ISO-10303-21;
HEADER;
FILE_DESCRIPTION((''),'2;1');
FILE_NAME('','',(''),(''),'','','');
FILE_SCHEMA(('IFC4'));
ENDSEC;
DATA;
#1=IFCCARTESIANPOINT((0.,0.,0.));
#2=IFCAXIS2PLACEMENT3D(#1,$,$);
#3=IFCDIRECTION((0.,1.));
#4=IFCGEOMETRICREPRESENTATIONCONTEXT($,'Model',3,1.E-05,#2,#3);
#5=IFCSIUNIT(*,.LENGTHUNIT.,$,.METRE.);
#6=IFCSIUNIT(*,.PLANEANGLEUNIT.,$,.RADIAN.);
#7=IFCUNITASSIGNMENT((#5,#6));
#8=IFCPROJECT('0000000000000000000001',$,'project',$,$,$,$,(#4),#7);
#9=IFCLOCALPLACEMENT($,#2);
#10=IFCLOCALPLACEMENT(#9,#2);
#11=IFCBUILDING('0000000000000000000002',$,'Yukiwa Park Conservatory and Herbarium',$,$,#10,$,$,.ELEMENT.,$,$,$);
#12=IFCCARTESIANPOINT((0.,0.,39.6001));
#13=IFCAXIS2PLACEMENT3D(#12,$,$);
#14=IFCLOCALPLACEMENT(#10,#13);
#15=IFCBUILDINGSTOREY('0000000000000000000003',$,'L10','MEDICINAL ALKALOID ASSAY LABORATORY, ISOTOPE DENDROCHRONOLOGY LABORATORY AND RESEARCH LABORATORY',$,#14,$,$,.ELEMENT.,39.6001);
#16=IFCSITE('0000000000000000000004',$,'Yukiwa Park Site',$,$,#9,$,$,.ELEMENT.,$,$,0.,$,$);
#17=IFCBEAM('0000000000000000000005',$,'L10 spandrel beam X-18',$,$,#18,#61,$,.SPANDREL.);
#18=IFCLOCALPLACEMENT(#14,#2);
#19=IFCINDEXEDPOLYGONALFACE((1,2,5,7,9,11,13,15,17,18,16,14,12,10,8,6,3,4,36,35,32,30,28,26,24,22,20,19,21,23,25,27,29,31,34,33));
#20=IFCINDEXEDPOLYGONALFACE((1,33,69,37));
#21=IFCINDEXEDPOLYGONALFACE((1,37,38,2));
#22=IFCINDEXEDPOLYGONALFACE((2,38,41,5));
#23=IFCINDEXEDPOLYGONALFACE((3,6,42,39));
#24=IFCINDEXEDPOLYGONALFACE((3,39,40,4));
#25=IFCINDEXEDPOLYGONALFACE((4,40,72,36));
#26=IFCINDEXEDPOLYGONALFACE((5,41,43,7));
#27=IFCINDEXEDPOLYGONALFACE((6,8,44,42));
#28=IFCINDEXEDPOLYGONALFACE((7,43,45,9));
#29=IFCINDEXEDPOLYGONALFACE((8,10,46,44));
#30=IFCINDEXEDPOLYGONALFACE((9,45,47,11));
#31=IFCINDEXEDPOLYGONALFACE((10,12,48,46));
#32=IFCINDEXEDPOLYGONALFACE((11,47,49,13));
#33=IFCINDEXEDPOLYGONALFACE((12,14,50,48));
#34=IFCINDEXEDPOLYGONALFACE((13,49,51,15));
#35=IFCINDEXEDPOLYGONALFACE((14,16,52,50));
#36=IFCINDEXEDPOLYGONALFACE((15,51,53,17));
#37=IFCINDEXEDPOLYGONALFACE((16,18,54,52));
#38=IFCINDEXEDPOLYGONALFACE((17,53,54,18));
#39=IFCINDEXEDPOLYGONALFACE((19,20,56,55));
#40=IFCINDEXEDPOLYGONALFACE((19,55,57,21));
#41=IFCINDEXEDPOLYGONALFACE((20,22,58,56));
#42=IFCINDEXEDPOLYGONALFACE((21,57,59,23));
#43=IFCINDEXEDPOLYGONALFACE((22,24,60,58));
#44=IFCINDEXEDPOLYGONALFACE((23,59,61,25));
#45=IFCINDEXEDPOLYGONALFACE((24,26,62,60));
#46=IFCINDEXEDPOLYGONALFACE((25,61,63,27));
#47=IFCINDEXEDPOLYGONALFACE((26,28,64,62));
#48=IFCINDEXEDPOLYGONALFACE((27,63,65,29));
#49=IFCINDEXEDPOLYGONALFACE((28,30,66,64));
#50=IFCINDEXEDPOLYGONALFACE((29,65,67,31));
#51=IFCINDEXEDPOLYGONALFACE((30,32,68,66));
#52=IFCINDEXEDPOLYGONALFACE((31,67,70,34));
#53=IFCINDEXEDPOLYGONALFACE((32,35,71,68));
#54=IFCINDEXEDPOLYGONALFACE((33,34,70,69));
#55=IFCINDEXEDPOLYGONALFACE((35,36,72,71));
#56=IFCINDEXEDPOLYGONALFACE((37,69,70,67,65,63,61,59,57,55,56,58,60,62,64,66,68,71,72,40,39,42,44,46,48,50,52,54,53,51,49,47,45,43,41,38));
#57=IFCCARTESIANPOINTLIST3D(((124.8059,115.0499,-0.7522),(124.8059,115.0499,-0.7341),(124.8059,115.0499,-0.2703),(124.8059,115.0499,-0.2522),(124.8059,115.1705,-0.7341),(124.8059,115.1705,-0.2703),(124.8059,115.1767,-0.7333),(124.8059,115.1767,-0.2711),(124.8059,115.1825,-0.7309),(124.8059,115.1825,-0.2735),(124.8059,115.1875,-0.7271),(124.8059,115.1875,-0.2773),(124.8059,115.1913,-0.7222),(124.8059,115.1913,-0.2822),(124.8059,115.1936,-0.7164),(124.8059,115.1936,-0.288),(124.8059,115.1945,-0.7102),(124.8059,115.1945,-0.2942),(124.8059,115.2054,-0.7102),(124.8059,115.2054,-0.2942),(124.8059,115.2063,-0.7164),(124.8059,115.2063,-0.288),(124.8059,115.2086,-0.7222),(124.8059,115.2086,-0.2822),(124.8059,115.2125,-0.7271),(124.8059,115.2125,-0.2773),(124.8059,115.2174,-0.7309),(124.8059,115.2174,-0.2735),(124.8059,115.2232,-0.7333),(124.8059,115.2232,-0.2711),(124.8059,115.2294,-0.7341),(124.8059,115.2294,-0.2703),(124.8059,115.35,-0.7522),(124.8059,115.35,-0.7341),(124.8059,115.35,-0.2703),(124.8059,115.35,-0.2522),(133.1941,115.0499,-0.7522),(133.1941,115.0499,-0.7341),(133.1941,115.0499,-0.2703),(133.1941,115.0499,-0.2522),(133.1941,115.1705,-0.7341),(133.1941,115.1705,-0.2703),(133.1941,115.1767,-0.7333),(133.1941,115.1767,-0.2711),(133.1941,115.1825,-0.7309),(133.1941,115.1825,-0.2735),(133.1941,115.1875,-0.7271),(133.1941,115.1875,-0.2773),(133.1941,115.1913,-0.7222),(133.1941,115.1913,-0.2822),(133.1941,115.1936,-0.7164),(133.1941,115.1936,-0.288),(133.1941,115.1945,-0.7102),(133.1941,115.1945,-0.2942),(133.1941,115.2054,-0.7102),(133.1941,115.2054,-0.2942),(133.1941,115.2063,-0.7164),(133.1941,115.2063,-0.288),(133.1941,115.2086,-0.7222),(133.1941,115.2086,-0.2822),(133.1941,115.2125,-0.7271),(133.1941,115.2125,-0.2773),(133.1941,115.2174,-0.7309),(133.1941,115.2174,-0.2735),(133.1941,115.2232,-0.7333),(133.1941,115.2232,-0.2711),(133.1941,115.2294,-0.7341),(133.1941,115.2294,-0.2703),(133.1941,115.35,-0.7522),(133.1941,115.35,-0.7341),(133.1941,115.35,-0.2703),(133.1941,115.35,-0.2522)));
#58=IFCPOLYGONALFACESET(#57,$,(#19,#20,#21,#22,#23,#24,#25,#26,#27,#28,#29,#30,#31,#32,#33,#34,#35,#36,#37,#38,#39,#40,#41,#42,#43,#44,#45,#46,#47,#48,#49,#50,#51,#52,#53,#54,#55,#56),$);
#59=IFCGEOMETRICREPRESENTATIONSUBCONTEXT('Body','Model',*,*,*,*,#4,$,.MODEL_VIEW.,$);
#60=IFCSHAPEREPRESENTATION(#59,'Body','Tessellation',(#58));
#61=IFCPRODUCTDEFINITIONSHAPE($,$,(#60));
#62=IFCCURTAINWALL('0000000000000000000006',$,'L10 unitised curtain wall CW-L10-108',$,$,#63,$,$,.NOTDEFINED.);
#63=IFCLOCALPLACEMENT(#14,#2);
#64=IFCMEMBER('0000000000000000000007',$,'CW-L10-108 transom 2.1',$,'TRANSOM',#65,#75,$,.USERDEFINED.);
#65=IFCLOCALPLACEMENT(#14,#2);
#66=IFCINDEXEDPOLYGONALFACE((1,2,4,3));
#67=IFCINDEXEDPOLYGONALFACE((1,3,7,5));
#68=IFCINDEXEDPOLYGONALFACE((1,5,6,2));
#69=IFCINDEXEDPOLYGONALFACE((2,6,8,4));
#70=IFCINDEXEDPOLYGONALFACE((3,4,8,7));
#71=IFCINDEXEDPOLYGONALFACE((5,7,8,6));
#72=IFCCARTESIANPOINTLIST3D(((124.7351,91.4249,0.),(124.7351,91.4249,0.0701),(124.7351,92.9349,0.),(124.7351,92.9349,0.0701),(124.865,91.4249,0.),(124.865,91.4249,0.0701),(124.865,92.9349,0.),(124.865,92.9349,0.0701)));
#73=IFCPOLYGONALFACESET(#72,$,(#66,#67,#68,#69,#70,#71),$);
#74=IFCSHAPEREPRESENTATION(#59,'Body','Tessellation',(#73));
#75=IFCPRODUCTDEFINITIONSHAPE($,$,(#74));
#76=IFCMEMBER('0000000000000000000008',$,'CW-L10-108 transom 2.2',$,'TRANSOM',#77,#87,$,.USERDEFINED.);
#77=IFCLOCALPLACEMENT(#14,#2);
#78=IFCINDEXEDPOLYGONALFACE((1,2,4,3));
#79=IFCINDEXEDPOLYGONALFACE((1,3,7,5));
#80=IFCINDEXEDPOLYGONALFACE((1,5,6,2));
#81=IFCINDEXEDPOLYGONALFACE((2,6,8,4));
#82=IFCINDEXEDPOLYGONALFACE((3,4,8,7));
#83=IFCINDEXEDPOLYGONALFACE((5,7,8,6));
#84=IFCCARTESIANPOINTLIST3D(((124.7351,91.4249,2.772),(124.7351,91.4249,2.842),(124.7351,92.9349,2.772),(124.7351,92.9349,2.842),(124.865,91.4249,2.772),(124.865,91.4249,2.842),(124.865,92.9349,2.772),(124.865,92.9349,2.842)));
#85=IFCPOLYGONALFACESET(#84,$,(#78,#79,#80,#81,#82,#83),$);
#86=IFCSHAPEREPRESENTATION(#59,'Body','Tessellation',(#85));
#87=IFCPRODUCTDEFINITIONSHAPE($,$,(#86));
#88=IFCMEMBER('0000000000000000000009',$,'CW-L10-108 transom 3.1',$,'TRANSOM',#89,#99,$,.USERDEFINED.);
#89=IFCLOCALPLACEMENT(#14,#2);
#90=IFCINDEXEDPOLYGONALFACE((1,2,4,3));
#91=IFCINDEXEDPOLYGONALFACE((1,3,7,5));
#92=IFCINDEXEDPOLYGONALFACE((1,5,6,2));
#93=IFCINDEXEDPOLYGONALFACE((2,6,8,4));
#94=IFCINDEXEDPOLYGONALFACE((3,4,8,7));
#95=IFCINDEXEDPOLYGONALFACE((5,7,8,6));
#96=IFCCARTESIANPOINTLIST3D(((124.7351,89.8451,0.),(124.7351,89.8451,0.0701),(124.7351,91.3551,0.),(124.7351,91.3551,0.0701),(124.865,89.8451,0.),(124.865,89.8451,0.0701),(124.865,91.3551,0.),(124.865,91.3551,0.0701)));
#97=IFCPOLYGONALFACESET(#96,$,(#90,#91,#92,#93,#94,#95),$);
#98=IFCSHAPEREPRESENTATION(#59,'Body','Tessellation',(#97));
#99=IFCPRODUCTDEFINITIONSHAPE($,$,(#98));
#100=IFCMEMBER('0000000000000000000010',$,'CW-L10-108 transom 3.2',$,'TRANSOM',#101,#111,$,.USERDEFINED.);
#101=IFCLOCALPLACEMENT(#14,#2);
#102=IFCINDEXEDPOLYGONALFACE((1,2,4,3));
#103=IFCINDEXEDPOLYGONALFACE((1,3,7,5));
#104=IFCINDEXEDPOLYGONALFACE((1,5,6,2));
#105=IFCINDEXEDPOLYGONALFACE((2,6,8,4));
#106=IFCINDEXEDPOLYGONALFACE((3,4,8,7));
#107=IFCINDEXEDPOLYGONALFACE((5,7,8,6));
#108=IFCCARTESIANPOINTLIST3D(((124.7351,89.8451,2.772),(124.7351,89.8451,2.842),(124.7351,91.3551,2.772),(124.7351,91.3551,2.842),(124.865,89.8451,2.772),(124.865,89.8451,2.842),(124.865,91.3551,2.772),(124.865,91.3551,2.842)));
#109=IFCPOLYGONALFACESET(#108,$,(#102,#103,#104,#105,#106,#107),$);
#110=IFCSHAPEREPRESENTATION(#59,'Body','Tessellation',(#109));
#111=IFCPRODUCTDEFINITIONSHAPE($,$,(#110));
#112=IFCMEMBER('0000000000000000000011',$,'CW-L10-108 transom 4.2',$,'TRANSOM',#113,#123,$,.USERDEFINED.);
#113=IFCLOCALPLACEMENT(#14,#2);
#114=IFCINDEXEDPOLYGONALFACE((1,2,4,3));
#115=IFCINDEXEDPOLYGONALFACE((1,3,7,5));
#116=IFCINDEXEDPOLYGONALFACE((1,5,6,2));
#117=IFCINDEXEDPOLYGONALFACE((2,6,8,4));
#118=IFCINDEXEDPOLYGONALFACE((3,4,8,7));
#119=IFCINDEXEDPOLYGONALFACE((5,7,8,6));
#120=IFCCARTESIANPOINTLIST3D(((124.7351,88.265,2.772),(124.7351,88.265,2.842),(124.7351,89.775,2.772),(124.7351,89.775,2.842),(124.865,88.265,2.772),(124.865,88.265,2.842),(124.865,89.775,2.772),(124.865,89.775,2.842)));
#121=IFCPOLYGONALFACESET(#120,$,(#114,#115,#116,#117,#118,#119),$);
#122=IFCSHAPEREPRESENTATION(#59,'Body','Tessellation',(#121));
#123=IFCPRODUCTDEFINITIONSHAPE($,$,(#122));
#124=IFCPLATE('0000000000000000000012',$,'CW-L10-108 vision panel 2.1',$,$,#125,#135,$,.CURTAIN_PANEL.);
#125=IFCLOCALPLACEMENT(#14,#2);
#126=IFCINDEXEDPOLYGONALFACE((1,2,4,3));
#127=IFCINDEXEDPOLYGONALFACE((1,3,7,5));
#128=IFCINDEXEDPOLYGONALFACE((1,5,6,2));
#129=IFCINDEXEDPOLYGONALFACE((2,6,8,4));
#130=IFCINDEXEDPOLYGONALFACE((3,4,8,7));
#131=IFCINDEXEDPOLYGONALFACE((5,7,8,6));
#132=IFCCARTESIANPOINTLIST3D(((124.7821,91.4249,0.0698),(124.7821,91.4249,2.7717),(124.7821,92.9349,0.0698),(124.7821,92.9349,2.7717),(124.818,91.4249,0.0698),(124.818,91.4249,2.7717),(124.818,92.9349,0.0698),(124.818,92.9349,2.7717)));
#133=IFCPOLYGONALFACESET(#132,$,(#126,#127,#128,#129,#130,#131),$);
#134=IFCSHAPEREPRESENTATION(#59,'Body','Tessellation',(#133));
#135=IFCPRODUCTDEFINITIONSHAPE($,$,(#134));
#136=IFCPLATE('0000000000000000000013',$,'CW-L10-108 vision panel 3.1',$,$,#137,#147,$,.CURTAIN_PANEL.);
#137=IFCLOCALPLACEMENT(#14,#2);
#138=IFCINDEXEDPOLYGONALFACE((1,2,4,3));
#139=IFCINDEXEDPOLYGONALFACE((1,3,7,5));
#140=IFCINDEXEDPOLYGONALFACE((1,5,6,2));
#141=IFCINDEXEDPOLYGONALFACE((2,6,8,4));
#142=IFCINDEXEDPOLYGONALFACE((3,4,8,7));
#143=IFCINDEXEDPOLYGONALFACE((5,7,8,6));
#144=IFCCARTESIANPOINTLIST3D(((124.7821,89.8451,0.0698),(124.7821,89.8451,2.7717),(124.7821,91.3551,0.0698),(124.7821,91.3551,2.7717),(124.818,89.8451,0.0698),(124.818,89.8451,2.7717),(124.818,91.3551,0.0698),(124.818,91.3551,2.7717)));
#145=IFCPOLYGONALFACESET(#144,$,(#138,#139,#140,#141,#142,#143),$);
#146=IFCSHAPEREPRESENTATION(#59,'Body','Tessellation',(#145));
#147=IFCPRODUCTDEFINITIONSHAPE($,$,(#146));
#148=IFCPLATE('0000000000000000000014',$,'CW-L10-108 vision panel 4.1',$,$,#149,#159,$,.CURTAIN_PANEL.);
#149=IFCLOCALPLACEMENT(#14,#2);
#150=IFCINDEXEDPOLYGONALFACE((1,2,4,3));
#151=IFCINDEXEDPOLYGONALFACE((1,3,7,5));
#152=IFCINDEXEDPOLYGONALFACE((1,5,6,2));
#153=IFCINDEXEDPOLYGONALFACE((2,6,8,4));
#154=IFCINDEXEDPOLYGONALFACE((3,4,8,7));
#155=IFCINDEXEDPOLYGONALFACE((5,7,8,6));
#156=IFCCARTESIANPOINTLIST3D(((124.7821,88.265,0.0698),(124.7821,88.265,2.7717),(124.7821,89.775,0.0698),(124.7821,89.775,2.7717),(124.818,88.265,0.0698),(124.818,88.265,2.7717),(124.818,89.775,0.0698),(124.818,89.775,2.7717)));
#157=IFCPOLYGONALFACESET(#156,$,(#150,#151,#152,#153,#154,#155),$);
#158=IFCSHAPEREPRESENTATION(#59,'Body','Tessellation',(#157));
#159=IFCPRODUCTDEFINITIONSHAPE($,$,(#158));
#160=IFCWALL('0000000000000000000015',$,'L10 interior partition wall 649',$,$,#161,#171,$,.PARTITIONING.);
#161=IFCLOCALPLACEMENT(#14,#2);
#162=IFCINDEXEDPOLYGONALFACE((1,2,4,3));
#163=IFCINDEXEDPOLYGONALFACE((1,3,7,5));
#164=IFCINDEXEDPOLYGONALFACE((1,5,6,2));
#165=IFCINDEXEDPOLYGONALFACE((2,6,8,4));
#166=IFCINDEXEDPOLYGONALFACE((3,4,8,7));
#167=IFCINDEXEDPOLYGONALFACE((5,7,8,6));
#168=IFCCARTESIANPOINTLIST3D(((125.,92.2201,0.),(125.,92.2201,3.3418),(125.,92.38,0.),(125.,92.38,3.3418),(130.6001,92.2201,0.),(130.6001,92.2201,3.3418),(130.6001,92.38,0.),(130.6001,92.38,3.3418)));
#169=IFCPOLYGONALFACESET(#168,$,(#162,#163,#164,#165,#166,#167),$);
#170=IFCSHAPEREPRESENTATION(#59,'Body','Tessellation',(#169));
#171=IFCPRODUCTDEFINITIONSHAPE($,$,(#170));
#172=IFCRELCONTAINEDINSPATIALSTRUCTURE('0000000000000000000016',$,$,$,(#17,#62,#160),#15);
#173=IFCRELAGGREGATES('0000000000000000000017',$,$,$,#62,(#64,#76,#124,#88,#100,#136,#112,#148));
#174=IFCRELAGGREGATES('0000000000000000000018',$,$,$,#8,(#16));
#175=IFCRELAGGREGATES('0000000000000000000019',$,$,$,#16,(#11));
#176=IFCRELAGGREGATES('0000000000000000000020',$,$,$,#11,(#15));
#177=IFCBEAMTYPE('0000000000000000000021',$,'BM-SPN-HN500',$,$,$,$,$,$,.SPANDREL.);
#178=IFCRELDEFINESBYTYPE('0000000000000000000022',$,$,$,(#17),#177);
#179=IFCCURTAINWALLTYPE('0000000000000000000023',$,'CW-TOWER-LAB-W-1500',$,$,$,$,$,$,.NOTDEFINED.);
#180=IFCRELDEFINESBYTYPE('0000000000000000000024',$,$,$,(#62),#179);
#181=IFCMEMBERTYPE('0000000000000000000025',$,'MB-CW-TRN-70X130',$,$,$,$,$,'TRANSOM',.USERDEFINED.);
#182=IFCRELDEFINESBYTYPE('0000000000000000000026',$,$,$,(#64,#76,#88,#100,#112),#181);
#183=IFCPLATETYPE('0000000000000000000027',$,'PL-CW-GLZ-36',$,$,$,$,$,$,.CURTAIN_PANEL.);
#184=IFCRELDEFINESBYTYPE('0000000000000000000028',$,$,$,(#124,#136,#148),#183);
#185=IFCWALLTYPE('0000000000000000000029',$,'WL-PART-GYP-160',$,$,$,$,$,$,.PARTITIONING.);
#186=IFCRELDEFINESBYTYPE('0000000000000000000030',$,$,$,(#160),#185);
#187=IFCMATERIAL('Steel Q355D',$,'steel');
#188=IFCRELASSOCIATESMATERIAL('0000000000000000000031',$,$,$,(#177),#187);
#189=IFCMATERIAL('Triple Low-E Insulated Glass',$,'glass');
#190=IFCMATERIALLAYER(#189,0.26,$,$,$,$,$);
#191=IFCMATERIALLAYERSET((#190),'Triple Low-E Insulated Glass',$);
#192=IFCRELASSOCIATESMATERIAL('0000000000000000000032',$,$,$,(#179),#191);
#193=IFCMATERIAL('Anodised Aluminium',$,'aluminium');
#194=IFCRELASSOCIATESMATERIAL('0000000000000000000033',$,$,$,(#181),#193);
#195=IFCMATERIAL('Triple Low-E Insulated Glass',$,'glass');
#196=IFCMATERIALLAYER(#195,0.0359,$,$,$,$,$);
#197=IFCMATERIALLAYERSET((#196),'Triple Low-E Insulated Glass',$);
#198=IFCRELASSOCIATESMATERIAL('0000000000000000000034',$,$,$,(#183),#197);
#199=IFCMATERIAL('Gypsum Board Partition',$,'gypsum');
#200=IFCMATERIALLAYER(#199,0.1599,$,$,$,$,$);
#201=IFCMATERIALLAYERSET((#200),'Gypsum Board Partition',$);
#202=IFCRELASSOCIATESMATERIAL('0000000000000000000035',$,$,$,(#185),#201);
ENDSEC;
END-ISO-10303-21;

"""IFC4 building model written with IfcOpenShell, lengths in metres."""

from ifc_helpers import new_model, si_unit, direction, frame, frame_2d, origin, origin_2d, place, context, subcontext, project, spatial, rectangle, i_section, extrude, material, layer, layer_set, material_profile, profile_set, type_object, element, aggregate, save


model = new_model("IFC4")

# Units and contexts
model_context = context("Model", 3, precision=1e-05, world=origin(), true_north=direction((0.0, 1.0)))
body_context = subcontext(model_context, "Body", "Model", "MODEL_VIEW")
ifc_project = project(units=[si_unit("LENGTHUNIT", "METRE"), si_unit("PLANEANGLEUNIT", "RADIAN")], contexts=[model_context])

# Site, building, storey
site_placement = place(None, origin())
site = spatial("IfcSite", under=ifc_project, at=site_placement, Name="Yukiwa Park Site", CompositionType="ELEMENT", RefElevation=0.0)
building_placement = place(site_placement, origin())
building = spatial("IfcBuilding", under=site, at=building_placement, Name="Yukiwa Park Conservatory and Herbarium", CompositionType="ELEMENT")
storey_placement = place(building_placement, frame((0.0, 0.0, 39.6001)))
storey = spatial("IfcBuildingStorey", under=building, at=storey_placement, Name="L10", Description="MEDICINAL ALKALOID ASSAY LABORATORY, ISOTOPE DENDROCHRONOLOGY LABORATORY AND RESEARCH LABORATORY", CompositionType="ELEMENT", Elevation=39.6001)

# Beam
ifc_material_1 = material(Name="Steel Q355D", Category="steel")
ifc_material_profile_1 = material_profile(ifc_material_1, i_section(OverallWidth=0.3, OverallDepth=0.5, WebThickness=0.011, FlangeThickness=0.0181, FilletRadius=0.0239, at=origin_2d()), Name="HM 500x300x11x18")
ifc_profile_set_1 = profile_set([ifc_material_profile_1], Name="Steel Q355D")
beam_type_1 = type_object("IfcBeamType", Name="BM-SPN-HN500", PredefinedType="SPANDREL", material=ifc_profile_set_1)
beam_placement = place(storey_placement, frame((124.8059, 115.2, -0.5022), z_axis=(1.0, 0.0, 0.0), x_axis=(0.0, 1.0, 0.0)))
element("IfcBeam", 1, at=beam_placement, inside=storey, type_object=beam_type_1, Name="L10 spandrel beam X-18", PredefinedType="SPANDREL", context=body_context, shape_type="SweptSolid", body=[
    extrude(i_section(OverallWidth=0.3, OverallDepth=0.5, WebThickness=0.011, FlangeThickness=0.0181, FilletRadius=0.0239, at=origin_2d()), origin(), (0.0, 0.0, 1.0), 8.3882),
])

# Curtain wall, members, plates
ifc_material_2 = material(Name="Triple Low-E Insulated Glass", Category="glass")
ifc_layer_1 = layer(ifc_material_2, 0.26)
ifc_layer_set_1 = layer_set([ifc_layer_1], Name="Triple Low-E Insulated Glass")
curtain_wall_type = type_object("IfcCurtainWallType", Name="CW-TOWER-LAB-W-1500", PredefinedType="NOTDEFINED", material=ifc_layer_set_1)
curtain_wall_placement = place(storey_placement, origin())
curtain_wall = element("IfcCurtainWall", 2, at=curtain_wall_placement, inside=storey, type_object=curtain_wall_type, Name="L10 unitised curtain wall CW-L10-108", PredefinedType="NOTDEFINED")
ifc_material_3 = material(Name="Anodised Aluminium", Category="aluminium")
member_type = type_object("IfcMemberType", Name="MB-CW-TRN-70X130", ElementType="TRANSOM", PredefinedType="USERDEFINED", material=ifc_material_3)
member_1_placement = place(storey_placement, frame((124.8, 92.1799, 0.0), z_axis=(0.0, 0.0, 1.0), x_axis=(0.0, -1.0, 0.0)))
member_1 = element("IfcMember", 3, at=member_1_placement, type_object=member_type, Name="CW-L10-108 transom 2.1", ObjectType="TRANSOM", PredefinedType="USERDEFINED", context=body_context, shape_type="SweptSolid", body=[
    extrude(rectangle(XDim=1.51, YDim=0.1299, at=origin_2d()), origin(), (0.0, 0.0, 1.0), 0.0701),
])
member_2_placement = place(storey_placement, frame((124.8, 92.1799, 2.772), z_axis=(0.0, 0.0, 1.0), x_axis=(0.0, -1.0, 0.0)))
member_2 = element("IfcMember", 4, at=member_2_placement, type_object=member_type, Name="CW-L10-108 transom 2.2", ObjectType="TRANSOM", PredefinedType="USERDEFINED", context=body_context, shape_type="SweptSolid", body=[
    extrude(rectangle(XDim=1.51, YDim=0.1299, at=origin_2d()), origin(), (0.0, 0.0, 1.0), 0.0701),
])
member_3_placement = place(storey_placement, frame((124.8, 90.6001, 0.0), z_axis=(0.0, 0.0, 1.0), x_axis=(0.0, -1.0, 0.0)))
member_3 = element("IfcMember", 5, at=member_3_placement, type_object=member_type, Name="CW-L10-108 transom 3.1", ObjectType="TRANSOM", PredefinedType="USERDEFINED", context=body_context, shape_type="SweptSolid", body=[
    extrude(rectangle(XDim=1.51, YDim=0.1299, at=origin_2d()), origin(), (0.0, 0.0, 1.0), 0.0701),
])
member_4_placement = place(storey_placement, frame((124.8, 90.6001, 2.772), z_axis=(0.0, 0.0, 1.0), x_axis=(0.0, -1.0, 0.0)))
member_4 = element("IfcMember", 6, at=member_4_placement, type_object=member_type, Name="CW-L10-108 transom 3.2", ObjectType="TRANSOM", PredefinedType="USERDEFINED", context=body_context, shape_type="SweptSolid", body=[
    extrude(rectangle(XDim=1.51, YDim=0.1299, at=origin_2d()), origin(), (0.0, 0.0, 1.0), 0.0701),
])
member_5_placement = place(storey_placement, frame((124.8, 89.02, 2.772), z_axis=(0.0, 0.0, 1.0), x_axis=(0.0, -1.0, 0.0)))
member_5 = element("IfcMember", 7, at=member_5_placement, type_object=member_type, Name="CW-L10-108 transom 4.2", ObjectType="TRANSOM", PredefinedType="USERDEFINED", context=body_context, shape_type="SweptSolid", body=[
    extrude(rectangle(XDim=1.51, YDim=0.1299, at=origin_2d()), origin(), (0.0, 0.0, 1.0), 0.0701),
])
ifc_material_4 = material(Name="Triple Low-E Insulated Glass", Category="glass")
ifc_layer_2 = layer(ifc_material_4, 0.0359)
ifc_layer_set_2 = layer_set([ifc_layer_2], Name="Triple Low-E Insulated Glass")
plate_type = type_object("IfcPlateType", Name="PL-CW-GLZ-36", PredefinedType="CURTAIN_PANEL", material=ifc_layer_set_2)
plate_1_placement = place(storey_placement, frame((124.8, 92.1799, 0.0698), z_axis=(0.0, 0.0, 1.0), x_axis=(0.0, -1.0, 0.0)))
plate_1 = element("IfcPlate", 8, at=plate_1_placement, type_object=plate_type, Name="CW-L10-108 vision panel 2.1", PredefinedType="CURTAIN_PANEL", context=body_context, shape_type="SweptSolid", body=[
    extrude(rectangle(XDim=1.51, YDim=0.0359, at=origin_2d()), origin(), (0.0, 0.0, 1.0), 2.7019),
])
plate_2_placement = place(storey_placement, frame((124.8, 90.6001, 0.0698), z_axis=(0.0, 0.0, 1.0), x_axis=(0.0, -1.0, 0.0)))
plate_2 = element("IfcPlate", 9, at=plate_2_placement, type_object=plate_type, Name="CW-L10-108 vision panel 3.1", PredefinedType="CURTAIN_PANEL", context=body_context, shape_type="SweptSolid", body=[
    extrude(rectangle(XDim=1.51, YDim=0.0359, at=origin_2d()), origin(), (0.0, 0.0, 1.0), 2.7019),
])
plate_3_placement = place(storey_placement, frame((124.8, 89.02, 0.0698), z_axis=(0.0, 0.0, 1.0), x_axis=(0.0, -1.0, 0.0)))
plate_3 = element("IfcPlate", 10, at=plate_3_placement, type_object=plate_type, Name="CW-L10-108 vision panel 4.1", PredefinedType="CURTAIN_PANEL", context=body_context, shape_type="SweptSolid", body=[
    extrude(rectangle(XDim=1.51, YDim=0.0359, at=origin_2d()), origin(), (0.0, 0.0, 1.0), 2.7019),
])
aggregate(curtain_wall, [member_1, member_2, plate_1, member_3, member_4, plate_2, member_5, plate_3])

# Wall
ifc_material_5 = material(Name="Gypsum Board Partition", Category="gypsum")
ifc_layer_3 = layer(ifc_material_5, 0.1599)
ifc_layer_set_3 = layer_set([ifc_layer_3], Name="Gypsum Board Partition")
wall_type = type_object("IfcWallType", Name="WL-PART-GYP-160", PredefinedType="PARTITIONING", material=ifc_layer_set_3)
wall_1_placement = place(storey_placement, frame((125.0, 92.3, 0.0), z_axis=(0.0, 0.0, 1.0), x_axis=(1.0, 0.0, 0.0)))
element("IfcWall", 11, at=wall_1_placement, inside=storey, type_object=wall_type, Name="L10 interior partition wall 649", PredefinedType="PARTITIONING", context=body_context, shape_type="SweptSolid", body=[
    extrude(rectangle(XDim=5.6001, YDim=0.1599, at=frame_2d((2.8, 0.0))), origin(), (0.0, 0.0, 1.0), 3.3418),
])

save(model, "model.ifc")
